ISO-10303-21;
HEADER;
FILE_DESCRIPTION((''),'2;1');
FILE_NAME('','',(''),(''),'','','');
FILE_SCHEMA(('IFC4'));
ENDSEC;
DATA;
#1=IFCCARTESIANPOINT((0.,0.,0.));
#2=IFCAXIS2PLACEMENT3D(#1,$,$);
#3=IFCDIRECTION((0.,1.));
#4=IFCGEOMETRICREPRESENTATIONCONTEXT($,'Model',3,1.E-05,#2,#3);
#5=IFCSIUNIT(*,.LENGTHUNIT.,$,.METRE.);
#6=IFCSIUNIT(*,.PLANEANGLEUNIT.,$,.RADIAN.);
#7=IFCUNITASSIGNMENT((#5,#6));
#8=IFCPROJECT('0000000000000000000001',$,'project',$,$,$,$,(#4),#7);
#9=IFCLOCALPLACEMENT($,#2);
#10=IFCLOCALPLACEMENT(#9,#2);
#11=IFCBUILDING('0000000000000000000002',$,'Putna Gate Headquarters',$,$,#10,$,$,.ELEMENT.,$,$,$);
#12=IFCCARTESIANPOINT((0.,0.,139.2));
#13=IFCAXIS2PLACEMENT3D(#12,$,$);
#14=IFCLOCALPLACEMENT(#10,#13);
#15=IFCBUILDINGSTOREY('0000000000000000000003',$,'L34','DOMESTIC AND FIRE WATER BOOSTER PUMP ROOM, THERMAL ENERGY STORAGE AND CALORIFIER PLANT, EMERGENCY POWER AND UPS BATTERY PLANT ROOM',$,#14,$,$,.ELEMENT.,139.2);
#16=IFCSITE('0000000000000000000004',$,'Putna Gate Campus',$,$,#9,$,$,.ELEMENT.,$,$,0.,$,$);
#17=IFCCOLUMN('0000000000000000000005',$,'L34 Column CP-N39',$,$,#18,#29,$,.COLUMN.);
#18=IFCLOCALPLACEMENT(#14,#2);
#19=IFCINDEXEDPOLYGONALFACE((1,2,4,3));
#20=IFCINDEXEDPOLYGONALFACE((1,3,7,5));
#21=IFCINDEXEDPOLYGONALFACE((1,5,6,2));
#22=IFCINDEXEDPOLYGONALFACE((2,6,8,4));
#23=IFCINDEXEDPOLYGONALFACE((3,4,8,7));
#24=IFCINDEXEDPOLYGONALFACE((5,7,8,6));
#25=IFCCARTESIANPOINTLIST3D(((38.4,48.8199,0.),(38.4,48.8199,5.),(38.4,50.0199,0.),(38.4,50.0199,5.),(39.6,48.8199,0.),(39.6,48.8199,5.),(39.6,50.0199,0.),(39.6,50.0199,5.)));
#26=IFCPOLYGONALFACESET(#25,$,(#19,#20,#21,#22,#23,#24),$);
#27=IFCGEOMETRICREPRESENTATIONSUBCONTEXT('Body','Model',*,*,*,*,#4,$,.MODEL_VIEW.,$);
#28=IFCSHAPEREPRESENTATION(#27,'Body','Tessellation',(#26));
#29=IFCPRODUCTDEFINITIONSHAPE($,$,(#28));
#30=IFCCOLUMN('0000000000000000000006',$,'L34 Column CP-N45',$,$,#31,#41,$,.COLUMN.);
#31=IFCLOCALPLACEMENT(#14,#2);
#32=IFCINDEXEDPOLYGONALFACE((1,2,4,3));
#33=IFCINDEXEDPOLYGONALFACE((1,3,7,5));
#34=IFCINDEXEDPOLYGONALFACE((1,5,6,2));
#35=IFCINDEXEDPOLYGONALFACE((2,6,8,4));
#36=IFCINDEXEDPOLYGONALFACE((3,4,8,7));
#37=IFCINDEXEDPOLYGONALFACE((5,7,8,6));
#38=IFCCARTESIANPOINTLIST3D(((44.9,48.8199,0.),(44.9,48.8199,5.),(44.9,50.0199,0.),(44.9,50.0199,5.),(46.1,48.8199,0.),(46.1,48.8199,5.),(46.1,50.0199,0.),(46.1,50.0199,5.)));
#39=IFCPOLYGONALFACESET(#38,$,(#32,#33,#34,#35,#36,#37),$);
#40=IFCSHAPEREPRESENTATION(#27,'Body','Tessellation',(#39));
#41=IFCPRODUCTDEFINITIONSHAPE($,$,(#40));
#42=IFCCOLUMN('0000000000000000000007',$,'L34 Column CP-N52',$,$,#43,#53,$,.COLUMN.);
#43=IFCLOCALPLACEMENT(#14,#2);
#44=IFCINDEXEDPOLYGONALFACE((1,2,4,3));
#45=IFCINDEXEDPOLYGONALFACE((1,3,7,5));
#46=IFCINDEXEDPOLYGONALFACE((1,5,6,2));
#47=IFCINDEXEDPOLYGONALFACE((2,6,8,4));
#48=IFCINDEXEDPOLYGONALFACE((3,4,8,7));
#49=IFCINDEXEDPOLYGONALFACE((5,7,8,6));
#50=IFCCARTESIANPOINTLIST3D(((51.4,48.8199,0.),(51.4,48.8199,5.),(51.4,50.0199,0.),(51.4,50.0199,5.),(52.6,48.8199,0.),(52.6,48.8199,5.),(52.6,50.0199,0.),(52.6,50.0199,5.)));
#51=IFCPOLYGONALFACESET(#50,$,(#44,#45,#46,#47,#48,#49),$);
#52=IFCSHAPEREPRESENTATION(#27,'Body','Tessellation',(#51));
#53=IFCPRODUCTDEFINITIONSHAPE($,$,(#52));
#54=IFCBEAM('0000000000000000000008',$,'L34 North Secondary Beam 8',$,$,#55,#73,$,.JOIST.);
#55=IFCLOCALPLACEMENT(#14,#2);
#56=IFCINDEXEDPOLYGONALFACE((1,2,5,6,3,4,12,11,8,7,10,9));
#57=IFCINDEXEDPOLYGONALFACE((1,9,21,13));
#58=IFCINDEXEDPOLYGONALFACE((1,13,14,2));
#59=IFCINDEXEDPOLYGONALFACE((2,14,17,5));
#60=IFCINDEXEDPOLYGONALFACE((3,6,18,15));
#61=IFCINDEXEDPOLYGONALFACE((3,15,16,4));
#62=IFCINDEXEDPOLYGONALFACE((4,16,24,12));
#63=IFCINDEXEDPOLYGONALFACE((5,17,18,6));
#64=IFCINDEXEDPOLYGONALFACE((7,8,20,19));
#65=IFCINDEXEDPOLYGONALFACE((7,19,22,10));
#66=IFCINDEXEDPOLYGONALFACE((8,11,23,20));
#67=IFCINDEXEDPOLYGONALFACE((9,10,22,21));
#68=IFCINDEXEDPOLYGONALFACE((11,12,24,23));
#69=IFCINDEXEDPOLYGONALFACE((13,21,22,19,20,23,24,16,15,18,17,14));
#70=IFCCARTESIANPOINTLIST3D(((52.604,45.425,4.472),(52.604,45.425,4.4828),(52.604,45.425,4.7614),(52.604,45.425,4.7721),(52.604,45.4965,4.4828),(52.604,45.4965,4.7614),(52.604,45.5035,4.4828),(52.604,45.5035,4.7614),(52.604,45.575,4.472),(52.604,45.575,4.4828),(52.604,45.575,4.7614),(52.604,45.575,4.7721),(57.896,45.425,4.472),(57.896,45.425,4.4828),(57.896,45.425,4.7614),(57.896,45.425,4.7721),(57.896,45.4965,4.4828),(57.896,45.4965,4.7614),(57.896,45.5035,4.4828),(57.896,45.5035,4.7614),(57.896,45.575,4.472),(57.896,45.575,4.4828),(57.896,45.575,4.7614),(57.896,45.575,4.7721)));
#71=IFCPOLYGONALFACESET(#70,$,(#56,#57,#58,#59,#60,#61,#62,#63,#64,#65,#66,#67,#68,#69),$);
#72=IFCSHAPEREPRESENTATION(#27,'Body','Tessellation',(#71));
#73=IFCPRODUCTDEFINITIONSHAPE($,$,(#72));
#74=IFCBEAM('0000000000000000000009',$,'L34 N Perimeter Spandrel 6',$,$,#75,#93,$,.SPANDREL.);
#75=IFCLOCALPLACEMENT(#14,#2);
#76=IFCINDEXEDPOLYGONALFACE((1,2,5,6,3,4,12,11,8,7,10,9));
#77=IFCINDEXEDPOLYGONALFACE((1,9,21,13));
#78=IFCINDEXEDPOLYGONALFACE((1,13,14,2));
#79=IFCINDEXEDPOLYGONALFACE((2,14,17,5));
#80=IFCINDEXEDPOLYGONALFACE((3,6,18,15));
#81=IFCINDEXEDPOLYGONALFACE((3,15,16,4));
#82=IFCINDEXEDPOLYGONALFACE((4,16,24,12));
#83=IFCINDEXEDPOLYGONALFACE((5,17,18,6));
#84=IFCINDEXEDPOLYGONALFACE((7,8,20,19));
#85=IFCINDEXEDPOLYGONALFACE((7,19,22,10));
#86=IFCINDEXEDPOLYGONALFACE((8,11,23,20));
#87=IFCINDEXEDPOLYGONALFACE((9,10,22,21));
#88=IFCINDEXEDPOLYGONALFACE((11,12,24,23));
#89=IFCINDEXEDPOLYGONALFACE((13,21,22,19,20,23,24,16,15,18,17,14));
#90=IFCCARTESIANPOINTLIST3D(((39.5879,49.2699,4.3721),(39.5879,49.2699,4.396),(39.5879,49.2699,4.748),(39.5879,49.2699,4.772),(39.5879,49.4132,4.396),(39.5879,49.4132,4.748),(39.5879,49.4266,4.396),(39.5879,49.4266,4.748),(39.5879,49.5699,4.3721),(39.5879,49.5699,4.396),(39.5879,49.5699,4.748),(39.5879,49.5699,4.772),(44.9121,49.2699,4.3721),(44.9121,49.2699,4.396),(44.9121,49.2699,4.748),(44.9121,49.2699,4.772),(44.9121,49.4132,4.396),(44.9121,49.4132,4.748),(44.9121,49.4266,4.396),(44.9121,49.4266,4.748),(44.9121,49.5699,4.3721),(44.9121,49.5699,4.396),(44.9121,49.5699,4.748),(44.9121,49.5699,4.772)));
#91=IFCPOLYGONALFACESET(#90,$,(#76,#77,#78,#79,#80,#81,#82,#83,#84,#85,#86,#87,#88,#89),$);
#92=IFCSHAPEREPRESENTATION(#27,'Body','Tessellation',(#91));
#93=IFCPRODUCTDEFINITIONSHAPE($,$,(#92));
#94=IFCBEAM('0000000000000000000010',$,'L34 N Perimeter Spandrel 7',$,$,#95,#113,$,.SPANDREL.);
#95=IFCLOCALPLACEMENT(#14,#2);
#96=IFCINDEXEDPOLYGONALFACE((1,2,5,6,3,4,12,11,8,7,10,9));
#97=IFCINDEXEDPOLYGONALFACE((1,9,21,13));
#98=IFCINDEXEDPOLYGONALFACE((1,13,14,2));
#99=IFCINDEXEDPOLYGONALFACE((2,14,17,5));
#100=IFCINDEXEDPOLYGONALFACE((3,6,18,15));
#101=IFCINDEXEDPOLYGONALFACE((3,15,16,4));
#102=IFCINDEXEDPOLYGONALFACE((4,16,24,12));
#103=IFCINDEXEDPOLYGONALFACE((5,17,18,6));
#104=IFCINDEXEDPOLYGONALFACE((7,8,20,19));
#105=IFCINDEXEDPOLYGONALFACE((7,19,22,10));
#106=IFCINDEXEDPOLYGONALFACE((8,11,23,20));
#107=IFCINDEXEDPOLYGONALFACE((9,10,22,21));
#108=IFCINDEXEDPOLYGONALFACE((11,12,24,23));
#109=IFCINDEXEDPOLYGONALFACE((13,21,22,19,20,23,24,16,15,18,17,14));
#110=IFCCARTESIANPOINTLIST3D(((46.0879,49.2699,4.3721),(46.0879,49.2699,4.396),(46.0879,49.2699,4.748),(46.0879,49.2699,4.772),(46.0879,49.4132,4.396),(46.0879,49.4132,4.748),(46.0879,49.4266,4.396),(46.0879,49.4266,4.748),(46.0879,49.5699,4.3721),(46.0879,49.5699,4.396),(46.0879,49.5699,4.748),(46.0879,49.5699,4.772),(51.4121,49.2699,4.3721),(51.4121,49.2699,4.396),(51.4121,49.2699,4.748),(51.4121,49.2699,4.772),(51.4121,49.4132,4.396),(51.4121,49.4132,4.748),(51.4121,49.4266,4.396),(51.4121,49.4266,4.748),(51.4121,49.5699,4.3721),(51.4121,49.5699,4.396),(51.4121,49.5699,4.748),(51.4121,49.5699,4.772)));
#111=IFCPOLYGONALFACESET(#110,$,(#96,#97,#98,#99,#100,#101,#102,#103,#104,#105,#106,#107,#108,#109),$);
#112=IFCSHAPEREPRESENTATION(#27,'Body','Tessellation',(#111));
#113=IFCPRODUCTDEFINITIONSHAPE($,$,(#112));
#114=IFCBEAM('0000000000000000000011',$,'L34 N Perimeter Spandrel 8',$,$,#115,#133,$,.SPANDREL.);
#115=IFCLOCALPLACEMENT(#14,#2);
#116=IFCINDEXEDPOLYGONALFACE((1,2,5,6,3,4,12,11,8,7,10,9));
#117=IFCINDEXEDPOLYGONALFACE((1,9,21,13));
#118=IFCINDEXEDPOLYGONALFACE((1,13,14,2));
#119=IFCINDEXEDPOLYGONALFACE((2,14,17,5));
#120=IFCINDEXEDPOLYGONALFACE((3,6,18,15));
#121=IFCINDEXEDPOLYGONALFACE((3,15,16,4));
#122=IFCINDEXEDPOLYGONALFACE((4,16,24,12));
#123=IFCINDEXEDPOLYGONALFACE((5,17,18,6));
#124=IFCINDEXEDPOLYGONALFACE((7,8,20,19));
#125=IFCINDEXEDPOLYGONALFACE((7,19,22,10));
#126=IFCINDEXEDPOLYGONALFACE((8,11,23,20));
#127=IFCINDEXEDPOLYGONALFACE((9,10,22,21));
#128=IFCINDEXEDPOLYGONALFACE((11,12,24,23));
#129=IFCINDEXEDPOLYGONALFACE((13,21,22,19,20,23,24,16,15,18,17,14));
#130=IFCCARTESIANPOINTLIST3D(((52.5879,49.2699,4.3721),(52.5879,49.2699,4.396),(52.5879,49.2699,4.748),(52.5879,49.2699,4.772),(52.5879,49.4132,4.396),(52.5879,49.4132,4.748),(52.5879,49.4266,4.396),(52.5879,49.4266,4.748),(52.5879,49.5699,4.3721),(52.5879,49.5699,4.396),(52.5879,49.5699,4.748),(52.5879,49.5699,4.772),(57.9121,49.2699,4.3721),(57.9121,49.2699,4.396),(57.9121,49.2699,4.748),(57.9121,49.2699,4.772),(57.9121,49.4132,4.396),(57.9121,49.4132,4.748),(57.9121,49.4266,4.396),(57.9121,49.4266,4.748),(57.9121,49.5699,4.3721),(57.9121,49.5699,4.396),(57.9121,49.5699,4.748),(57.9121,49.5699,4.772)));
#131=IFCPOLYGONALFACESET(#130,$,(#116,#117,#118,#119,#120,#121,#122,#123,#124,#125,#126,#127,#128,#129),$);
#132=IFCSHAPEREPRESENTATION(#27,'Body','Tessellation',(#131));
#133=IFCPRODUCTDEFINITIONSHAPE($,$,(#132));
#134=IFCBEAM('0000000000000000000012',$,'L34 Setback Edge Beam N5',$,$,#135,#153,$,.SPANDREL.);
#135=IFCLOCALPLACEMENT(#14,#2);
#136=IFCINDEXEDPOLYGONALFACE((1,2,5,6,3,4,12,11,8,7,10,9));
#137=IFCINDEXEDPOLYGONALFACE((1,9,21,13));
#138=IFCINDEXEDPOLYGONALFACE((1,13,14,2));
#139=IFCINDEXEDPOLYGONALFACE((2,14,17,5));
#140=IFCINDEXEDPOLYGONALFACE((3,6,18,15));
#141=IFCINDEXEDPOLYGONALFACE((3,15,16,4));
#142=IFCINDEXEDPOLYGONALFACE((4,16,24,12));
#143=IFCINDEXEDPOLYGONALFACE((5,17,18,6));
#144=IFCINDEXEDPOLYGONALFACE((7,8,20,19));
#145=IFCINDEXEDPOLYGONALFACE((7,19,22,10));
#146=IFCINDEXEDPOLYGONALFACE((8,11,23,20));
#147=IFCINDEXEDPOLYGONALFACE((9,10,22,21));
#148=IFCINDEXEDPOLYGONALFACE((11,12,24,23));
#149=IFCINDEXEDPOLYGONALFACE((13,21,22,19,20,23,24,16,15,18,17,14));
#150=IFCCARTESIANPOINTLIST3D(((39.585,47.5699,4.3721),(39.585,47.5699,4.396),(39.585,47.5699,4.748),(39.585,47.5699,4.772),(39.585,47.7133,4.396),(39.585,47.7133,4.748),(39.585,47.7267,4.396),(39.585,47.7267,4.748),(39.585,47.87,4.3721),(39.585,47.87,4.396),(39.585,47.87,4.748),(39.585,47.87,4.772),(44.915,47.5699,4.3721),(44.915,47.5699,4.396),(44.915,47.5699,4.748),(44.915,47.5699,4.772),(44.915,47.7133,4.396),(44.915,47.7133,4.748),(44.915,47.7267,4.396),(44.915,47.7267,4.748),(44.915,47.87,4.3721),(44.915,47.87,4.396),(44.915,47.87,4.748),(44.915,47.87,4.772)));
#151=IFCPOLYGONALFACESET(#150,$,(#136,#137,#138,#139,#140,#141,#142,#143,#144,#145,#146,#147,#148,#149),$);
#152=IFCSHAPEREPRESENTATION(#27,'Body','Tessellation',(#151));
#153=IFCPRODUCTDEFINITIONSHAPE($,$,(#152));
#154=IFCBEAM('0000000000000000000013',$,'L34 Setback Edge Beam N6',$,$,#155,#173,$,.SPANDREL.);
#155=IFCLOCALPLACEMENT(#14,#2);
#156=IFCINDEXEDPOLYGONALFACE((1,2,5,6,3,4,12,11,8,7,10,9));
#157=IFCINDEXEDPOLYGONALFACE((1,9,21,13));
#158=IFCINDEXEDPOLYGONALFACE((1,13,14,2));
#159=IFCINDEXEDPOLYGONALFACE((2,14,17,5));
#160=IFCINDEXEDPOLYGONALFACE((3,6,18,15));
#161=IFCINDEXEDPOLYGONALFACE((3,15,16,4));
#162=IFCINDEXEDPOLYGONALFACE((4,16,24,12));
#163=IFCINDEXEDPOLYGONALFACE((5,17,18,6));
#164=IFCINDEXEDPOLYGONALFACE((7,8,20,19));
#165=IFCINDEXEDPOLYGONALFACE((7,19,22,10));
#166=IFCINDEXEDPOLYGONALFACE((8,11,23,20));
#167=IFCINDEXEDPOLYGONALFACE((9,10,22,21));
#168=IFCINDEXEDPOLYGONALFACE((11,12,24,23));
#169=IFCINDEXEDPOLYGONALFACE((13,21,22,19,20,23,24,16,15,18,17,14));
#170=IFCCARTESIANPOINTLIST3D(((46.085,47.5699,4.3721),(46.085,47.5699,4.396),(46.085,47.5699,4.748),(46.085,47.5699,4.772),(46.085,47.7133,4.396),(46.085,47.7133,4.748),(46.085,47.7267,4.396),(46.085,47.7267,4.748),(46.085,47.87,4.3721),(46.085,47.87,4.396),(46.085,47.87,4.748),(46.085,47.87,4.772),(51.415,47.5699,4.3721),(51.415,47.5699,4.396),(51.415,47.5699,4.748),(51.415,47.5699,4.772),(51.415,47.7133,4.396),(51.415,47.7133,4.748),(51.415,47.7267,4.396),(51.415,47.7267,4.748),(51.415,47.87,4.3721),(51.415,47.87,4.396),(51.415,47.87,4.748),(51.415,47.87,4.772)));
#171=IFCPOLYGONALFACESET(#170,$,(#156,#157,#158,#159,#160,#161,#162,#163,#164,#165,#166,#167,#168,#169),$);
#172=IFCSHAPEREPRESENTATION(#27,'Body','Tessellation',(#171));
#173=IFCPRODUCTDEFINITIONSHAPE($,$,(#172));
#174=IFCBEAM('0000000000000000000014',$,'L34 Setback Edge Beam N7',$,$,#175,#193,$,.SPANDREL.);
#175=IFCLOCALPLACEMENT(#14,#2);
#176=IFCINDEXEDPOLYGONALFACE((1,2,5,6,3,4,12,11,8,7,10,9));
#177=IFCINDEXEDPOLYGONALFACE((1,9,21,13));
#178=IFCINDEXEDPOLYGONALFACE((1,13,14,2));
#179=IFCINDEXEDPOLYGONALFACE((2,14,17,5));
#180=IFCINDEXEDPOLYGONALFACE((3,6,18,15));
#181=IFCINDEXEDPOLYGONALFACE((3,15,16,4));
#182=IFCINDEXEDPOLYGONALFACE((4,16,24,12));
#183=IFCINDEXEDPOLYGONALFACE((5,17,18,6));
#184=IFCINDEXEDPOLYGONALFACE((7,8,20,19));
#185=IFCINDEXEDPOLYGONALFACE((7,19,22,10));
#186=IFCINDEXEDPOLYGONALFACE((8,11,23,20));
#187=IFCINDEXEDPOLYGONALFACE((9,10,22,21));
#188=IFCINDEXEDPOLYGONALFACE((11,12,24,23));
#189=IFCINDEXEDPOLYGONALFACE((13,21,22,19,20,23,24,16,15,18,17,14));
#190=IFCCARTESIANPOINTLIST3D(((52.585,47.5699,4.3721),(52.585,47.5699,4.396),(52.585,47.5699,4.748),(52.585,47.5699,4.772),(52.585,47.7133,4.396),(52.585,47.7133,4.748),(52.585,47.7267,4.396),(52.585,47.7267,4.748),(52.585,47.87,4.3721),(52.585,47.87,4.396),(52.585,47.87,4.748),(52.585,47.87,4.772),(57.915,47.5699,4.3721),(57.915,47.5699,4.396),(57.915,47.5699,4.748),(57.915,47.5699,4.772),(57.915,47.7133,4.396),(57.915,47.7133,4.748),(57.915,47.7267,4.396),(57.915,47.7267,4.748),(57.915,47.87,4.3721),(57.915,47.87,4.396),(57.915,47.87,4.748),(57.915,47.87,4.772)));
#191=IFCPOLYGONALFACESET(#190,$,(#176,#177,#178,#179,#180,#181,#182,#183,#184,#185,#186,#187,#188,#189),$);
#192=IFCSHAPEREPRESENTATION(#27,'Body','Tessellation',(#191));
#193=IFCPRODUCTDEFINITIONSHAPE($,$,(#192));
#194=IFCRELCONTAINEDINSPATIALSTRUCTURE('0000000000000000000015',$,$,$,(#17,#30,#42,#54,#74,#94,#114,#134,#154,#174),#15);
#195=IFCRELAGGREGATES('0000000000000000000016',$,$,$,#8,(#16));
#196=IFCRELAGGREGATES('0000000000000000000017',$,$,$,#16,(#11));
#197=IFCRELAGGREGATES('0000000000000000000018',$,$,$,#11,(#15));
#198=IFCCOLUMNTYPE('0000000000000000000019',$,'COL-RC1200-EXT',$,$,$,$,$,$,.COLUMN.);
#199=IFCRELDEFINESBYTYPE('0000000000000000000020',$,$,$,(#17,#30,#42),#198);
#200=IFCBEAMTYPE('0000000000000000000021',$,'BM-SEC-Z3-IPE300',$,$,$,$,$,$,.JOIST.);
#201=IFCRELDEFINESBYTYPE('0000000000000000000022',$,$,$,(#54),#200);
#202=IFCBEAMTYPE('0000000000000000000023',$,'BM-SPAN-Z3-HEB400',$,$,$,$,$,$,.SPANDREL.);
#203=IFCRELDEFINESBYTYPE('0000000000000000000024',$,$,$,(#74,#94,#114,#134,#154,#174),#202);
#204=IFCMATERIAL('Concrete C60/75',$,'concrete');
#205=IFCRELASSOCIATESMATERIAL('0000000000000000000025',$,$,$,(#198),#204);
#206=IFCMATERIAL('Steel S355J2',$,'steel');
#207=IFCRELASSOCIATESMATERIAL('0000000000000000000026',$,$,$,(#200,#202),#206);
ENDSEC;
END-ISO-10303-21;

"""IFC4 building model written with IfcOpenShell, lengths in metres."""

from ifc_helpers import new_model, si_unit, direction, frame, origin, origin_2d, place, context, subcontext, project, spatial, rectangle, i_section, extrude, material, material_profile, profile_set, type_object, element, save


model = new_model("IFC4")

# Units and contexts
model_context = context("Model", 3, precision=1e-05, world=origin(), true_north=direction((0.0, 1.0)))
body_context = subcontext(model_context, "Body", "Model", "MODEL_VIEW")
ifc_project = project(units=[si_unit("LENGTHUNIT", "METRE"), si_unit("PLANEANGLEUNIT", "RADIAN")], contexts=[model_context])

# Site, building, storey
site_placement = place(None, origin())
site = spatial("IfcSite", under=ifc_project, at=site_placement, Name="Putna Gate Campus", CompositionType="ELEMENT", RefElevation=0.0)
building_placement = place(site_placement, origin())
building = spatial("IfcBuilding", under=site, at=building_placement, Name="Putna Gate Headquarters", CompositionType="ELEMENT")
storey_placement = place(building_placement, frame((0.0, 0.0, 139.2)))
storey = spatial("IfcBuildingStorey", under=building, at=storey_placement, Name="L34", Description="DOMESTIC AND FIRE WATER BOOSTER PUMP ROOM, THERMAL ENERGY STORAGE AND CALORIFIER PLANT, EMERGENCY POWER AND UPS BATTERY PLANT ROOM", CompositionType="ELEMENT", Elevation=139.2)

# Columns
ifc_material_1 = material(Name="Concrete C60/75", Category="concrete")
ifc_material_profile_1 = material_profile(ifc_material_1, rectangle(XDim=1.2, YDim=1.2, at=origin_2d()), Name="Concrete C60/75")
ifc_profile_set_1 = profile_set([ifc_material_profile_1], Name="Concrete C60/75")
column_type = type_object("IfcColumnType", Name="COL-RC1200-EXT", PredefinedType="COLUMN", material=ifc_profile_set_1)
for number, where, z_axis, x_axis, name in (
    (1, (39.0, 49.4199, 0.0), (0.0, 0.0, 1.0), (1.0, 0.0, 0.0), "L34 Column CP-N39"),
    (2, (45.5, 49.4199, 0.0), (0.0, 0.0, 1.0), (1.0, 0.0, 0.0), "L34 Column CP-N45"),
    (3, (52.0, 49.4199, 0.0), (0.0, 0.0, 1.0), (1.0, 0.0, 0.0), "L34 Column CP-N52"),
):
    element("IfcColumn", number, at=place(storey_placement, frame(where, z_axis=z_axis, x_axis=x_axis)), inside=storey, type_object=column_type, Name=name, PredefinedType="COLUMN", context=body_context, shape_type="SweptSolid", body=[
        extrude(rectangle(XDim=1.2, YDim=1.2, at=origin_2d()), origin(), (0.0, 0.0, 1.0), 5.0),
    ])

# Beams
ifc_material_2 = material(Name="Steel S355J2", Category="steel")
ifc_material_profile_2 = material_profile(ifc_material_2, i_section(OverallWidth=0.1499, OverallDepth=0.3, WebThickness=0.0071, FlangeThickness=0.0107, at=origin_2d()), Name="Steel S355J2")
ifc_profile_set_2 = profile_set([ifc_material_profile_2], Name="Steel S355J2")
beam_type_1 = type_object("IfcBeamType", Name="BM-SEC-Z3-IPE300", PredefinedType="JOIST", material=ifc_profile_set_2)
beam_placement = place(storey_placement, frame((52.604, 45.5, 4.6221), z_axis=(1.0, 0.0, 0.0), x_axis=(0.0, 1.0, 0.0)))
element("IfcBeam", 4, at=beam_placement, inside=storey, type_object=beam_type_1, Name="L34 North Secondary Beam 8", PredefinedType="JOIST", context=body_context, shape_type="SweptSolid", body=[
    extrude(i_section(OverallWidth=0.1499, OverallDepth=0.3, WebThickness=0.0071, FlangeThickness=0.0107, at=origin_2d()), origin(), (0.0, 0.0, 1.0), 5.292),
])
ifc_material_profile_3 = material_profile(ifc_material_2, i_section(OverallWidth=0.3, OverallDepth=0.3999, WebThickness=0.0134, FlangeThickness=0.0239, at=origin_2d()), Name="Steel S355J2")
ifc_profile_set_3 = profile_set([ifc_material_profile_3], Name="Steel S355J2")
beam_type_2 = type_object("IfcBeamType", Name="BM-SPAN-Z3-HEB400", PredefinedType="SPANDREL", material=ifc_profile_set_3)
for number, where, z_axis, x_axis, name in (
    (5, (39.5879, 49.4199, 4.572), (1.0, 0.0, 0.0), (0.0, 1.0, 0.0), "L34 N Perimeter Spandrel 6"),
    (6, (46.0879, 49.4199, 4.572), (1.0, 0.0, 0.0), (0.0, 1.0, 0.0), "L34 N Perimeter Spandrel 7"),
    (7, (52.5879, 49.4199, 4.572), (1.0, 0.0, 0.0), (0.0, 1.0, 0.0), "L34 N Perimeter Spandrel 8"),
):
    element("IfcBeam", number, at=place(storey_placement, frame(where, z_axis=z_axis, x_axis=x_axis)), inside=storey, type_object=beam_type_2, Name=name, PredefinedType="SPANDREL", context=body_context, shape_type="SweptSolid", body=[
        extrude(i_section(OverallWidth=0.3, OverallDepth=0.3999, WebThickness=0.0134, FlangeThickness=0.0239, at=origin_2d()), origin(), (0.0, 0.0, 1.0), 5.3242),
    ])
for number, where, z_axis, x_axis, name in (
    (8, (39.585, 47.72, 4.572), (1.0, 0.0, 0.0), (0.0, 1.0, 0.0), "L34 Setback Edge Beam N5"),
    (9, (46.085, 47.72, 4.572), (1.0, 0.0, 0.0), (0.0, 1.0, 0.0), "L34 Setback Edge Beam N6"),
    (10, (52.585, 47.72, 4.572), (1.0, 0.0, 0.0), (0.0, 1.0, 0.0), "L34 Setback Edge Beam N7"),
):
    element("IfcBeam", number, at=place(storey_placement, frame(where, z_axis=z_axis, x_axis=x_axis)), inside=storey, type_object=beam_type_2, Name=name, PredefinedType="SPANDREL", context=body_context, shape_type="SweptSolid", body=[
        extrude(i_section(OverallWidth=0.3, OverallDepth=0.3999, WebThickness=0.0134, FlangeThickness=0.0239, at=origin_2d()), origin(), (0.0, 0.0, 1.0), 5.3301),
    ])

save(model, "model.ifc")
